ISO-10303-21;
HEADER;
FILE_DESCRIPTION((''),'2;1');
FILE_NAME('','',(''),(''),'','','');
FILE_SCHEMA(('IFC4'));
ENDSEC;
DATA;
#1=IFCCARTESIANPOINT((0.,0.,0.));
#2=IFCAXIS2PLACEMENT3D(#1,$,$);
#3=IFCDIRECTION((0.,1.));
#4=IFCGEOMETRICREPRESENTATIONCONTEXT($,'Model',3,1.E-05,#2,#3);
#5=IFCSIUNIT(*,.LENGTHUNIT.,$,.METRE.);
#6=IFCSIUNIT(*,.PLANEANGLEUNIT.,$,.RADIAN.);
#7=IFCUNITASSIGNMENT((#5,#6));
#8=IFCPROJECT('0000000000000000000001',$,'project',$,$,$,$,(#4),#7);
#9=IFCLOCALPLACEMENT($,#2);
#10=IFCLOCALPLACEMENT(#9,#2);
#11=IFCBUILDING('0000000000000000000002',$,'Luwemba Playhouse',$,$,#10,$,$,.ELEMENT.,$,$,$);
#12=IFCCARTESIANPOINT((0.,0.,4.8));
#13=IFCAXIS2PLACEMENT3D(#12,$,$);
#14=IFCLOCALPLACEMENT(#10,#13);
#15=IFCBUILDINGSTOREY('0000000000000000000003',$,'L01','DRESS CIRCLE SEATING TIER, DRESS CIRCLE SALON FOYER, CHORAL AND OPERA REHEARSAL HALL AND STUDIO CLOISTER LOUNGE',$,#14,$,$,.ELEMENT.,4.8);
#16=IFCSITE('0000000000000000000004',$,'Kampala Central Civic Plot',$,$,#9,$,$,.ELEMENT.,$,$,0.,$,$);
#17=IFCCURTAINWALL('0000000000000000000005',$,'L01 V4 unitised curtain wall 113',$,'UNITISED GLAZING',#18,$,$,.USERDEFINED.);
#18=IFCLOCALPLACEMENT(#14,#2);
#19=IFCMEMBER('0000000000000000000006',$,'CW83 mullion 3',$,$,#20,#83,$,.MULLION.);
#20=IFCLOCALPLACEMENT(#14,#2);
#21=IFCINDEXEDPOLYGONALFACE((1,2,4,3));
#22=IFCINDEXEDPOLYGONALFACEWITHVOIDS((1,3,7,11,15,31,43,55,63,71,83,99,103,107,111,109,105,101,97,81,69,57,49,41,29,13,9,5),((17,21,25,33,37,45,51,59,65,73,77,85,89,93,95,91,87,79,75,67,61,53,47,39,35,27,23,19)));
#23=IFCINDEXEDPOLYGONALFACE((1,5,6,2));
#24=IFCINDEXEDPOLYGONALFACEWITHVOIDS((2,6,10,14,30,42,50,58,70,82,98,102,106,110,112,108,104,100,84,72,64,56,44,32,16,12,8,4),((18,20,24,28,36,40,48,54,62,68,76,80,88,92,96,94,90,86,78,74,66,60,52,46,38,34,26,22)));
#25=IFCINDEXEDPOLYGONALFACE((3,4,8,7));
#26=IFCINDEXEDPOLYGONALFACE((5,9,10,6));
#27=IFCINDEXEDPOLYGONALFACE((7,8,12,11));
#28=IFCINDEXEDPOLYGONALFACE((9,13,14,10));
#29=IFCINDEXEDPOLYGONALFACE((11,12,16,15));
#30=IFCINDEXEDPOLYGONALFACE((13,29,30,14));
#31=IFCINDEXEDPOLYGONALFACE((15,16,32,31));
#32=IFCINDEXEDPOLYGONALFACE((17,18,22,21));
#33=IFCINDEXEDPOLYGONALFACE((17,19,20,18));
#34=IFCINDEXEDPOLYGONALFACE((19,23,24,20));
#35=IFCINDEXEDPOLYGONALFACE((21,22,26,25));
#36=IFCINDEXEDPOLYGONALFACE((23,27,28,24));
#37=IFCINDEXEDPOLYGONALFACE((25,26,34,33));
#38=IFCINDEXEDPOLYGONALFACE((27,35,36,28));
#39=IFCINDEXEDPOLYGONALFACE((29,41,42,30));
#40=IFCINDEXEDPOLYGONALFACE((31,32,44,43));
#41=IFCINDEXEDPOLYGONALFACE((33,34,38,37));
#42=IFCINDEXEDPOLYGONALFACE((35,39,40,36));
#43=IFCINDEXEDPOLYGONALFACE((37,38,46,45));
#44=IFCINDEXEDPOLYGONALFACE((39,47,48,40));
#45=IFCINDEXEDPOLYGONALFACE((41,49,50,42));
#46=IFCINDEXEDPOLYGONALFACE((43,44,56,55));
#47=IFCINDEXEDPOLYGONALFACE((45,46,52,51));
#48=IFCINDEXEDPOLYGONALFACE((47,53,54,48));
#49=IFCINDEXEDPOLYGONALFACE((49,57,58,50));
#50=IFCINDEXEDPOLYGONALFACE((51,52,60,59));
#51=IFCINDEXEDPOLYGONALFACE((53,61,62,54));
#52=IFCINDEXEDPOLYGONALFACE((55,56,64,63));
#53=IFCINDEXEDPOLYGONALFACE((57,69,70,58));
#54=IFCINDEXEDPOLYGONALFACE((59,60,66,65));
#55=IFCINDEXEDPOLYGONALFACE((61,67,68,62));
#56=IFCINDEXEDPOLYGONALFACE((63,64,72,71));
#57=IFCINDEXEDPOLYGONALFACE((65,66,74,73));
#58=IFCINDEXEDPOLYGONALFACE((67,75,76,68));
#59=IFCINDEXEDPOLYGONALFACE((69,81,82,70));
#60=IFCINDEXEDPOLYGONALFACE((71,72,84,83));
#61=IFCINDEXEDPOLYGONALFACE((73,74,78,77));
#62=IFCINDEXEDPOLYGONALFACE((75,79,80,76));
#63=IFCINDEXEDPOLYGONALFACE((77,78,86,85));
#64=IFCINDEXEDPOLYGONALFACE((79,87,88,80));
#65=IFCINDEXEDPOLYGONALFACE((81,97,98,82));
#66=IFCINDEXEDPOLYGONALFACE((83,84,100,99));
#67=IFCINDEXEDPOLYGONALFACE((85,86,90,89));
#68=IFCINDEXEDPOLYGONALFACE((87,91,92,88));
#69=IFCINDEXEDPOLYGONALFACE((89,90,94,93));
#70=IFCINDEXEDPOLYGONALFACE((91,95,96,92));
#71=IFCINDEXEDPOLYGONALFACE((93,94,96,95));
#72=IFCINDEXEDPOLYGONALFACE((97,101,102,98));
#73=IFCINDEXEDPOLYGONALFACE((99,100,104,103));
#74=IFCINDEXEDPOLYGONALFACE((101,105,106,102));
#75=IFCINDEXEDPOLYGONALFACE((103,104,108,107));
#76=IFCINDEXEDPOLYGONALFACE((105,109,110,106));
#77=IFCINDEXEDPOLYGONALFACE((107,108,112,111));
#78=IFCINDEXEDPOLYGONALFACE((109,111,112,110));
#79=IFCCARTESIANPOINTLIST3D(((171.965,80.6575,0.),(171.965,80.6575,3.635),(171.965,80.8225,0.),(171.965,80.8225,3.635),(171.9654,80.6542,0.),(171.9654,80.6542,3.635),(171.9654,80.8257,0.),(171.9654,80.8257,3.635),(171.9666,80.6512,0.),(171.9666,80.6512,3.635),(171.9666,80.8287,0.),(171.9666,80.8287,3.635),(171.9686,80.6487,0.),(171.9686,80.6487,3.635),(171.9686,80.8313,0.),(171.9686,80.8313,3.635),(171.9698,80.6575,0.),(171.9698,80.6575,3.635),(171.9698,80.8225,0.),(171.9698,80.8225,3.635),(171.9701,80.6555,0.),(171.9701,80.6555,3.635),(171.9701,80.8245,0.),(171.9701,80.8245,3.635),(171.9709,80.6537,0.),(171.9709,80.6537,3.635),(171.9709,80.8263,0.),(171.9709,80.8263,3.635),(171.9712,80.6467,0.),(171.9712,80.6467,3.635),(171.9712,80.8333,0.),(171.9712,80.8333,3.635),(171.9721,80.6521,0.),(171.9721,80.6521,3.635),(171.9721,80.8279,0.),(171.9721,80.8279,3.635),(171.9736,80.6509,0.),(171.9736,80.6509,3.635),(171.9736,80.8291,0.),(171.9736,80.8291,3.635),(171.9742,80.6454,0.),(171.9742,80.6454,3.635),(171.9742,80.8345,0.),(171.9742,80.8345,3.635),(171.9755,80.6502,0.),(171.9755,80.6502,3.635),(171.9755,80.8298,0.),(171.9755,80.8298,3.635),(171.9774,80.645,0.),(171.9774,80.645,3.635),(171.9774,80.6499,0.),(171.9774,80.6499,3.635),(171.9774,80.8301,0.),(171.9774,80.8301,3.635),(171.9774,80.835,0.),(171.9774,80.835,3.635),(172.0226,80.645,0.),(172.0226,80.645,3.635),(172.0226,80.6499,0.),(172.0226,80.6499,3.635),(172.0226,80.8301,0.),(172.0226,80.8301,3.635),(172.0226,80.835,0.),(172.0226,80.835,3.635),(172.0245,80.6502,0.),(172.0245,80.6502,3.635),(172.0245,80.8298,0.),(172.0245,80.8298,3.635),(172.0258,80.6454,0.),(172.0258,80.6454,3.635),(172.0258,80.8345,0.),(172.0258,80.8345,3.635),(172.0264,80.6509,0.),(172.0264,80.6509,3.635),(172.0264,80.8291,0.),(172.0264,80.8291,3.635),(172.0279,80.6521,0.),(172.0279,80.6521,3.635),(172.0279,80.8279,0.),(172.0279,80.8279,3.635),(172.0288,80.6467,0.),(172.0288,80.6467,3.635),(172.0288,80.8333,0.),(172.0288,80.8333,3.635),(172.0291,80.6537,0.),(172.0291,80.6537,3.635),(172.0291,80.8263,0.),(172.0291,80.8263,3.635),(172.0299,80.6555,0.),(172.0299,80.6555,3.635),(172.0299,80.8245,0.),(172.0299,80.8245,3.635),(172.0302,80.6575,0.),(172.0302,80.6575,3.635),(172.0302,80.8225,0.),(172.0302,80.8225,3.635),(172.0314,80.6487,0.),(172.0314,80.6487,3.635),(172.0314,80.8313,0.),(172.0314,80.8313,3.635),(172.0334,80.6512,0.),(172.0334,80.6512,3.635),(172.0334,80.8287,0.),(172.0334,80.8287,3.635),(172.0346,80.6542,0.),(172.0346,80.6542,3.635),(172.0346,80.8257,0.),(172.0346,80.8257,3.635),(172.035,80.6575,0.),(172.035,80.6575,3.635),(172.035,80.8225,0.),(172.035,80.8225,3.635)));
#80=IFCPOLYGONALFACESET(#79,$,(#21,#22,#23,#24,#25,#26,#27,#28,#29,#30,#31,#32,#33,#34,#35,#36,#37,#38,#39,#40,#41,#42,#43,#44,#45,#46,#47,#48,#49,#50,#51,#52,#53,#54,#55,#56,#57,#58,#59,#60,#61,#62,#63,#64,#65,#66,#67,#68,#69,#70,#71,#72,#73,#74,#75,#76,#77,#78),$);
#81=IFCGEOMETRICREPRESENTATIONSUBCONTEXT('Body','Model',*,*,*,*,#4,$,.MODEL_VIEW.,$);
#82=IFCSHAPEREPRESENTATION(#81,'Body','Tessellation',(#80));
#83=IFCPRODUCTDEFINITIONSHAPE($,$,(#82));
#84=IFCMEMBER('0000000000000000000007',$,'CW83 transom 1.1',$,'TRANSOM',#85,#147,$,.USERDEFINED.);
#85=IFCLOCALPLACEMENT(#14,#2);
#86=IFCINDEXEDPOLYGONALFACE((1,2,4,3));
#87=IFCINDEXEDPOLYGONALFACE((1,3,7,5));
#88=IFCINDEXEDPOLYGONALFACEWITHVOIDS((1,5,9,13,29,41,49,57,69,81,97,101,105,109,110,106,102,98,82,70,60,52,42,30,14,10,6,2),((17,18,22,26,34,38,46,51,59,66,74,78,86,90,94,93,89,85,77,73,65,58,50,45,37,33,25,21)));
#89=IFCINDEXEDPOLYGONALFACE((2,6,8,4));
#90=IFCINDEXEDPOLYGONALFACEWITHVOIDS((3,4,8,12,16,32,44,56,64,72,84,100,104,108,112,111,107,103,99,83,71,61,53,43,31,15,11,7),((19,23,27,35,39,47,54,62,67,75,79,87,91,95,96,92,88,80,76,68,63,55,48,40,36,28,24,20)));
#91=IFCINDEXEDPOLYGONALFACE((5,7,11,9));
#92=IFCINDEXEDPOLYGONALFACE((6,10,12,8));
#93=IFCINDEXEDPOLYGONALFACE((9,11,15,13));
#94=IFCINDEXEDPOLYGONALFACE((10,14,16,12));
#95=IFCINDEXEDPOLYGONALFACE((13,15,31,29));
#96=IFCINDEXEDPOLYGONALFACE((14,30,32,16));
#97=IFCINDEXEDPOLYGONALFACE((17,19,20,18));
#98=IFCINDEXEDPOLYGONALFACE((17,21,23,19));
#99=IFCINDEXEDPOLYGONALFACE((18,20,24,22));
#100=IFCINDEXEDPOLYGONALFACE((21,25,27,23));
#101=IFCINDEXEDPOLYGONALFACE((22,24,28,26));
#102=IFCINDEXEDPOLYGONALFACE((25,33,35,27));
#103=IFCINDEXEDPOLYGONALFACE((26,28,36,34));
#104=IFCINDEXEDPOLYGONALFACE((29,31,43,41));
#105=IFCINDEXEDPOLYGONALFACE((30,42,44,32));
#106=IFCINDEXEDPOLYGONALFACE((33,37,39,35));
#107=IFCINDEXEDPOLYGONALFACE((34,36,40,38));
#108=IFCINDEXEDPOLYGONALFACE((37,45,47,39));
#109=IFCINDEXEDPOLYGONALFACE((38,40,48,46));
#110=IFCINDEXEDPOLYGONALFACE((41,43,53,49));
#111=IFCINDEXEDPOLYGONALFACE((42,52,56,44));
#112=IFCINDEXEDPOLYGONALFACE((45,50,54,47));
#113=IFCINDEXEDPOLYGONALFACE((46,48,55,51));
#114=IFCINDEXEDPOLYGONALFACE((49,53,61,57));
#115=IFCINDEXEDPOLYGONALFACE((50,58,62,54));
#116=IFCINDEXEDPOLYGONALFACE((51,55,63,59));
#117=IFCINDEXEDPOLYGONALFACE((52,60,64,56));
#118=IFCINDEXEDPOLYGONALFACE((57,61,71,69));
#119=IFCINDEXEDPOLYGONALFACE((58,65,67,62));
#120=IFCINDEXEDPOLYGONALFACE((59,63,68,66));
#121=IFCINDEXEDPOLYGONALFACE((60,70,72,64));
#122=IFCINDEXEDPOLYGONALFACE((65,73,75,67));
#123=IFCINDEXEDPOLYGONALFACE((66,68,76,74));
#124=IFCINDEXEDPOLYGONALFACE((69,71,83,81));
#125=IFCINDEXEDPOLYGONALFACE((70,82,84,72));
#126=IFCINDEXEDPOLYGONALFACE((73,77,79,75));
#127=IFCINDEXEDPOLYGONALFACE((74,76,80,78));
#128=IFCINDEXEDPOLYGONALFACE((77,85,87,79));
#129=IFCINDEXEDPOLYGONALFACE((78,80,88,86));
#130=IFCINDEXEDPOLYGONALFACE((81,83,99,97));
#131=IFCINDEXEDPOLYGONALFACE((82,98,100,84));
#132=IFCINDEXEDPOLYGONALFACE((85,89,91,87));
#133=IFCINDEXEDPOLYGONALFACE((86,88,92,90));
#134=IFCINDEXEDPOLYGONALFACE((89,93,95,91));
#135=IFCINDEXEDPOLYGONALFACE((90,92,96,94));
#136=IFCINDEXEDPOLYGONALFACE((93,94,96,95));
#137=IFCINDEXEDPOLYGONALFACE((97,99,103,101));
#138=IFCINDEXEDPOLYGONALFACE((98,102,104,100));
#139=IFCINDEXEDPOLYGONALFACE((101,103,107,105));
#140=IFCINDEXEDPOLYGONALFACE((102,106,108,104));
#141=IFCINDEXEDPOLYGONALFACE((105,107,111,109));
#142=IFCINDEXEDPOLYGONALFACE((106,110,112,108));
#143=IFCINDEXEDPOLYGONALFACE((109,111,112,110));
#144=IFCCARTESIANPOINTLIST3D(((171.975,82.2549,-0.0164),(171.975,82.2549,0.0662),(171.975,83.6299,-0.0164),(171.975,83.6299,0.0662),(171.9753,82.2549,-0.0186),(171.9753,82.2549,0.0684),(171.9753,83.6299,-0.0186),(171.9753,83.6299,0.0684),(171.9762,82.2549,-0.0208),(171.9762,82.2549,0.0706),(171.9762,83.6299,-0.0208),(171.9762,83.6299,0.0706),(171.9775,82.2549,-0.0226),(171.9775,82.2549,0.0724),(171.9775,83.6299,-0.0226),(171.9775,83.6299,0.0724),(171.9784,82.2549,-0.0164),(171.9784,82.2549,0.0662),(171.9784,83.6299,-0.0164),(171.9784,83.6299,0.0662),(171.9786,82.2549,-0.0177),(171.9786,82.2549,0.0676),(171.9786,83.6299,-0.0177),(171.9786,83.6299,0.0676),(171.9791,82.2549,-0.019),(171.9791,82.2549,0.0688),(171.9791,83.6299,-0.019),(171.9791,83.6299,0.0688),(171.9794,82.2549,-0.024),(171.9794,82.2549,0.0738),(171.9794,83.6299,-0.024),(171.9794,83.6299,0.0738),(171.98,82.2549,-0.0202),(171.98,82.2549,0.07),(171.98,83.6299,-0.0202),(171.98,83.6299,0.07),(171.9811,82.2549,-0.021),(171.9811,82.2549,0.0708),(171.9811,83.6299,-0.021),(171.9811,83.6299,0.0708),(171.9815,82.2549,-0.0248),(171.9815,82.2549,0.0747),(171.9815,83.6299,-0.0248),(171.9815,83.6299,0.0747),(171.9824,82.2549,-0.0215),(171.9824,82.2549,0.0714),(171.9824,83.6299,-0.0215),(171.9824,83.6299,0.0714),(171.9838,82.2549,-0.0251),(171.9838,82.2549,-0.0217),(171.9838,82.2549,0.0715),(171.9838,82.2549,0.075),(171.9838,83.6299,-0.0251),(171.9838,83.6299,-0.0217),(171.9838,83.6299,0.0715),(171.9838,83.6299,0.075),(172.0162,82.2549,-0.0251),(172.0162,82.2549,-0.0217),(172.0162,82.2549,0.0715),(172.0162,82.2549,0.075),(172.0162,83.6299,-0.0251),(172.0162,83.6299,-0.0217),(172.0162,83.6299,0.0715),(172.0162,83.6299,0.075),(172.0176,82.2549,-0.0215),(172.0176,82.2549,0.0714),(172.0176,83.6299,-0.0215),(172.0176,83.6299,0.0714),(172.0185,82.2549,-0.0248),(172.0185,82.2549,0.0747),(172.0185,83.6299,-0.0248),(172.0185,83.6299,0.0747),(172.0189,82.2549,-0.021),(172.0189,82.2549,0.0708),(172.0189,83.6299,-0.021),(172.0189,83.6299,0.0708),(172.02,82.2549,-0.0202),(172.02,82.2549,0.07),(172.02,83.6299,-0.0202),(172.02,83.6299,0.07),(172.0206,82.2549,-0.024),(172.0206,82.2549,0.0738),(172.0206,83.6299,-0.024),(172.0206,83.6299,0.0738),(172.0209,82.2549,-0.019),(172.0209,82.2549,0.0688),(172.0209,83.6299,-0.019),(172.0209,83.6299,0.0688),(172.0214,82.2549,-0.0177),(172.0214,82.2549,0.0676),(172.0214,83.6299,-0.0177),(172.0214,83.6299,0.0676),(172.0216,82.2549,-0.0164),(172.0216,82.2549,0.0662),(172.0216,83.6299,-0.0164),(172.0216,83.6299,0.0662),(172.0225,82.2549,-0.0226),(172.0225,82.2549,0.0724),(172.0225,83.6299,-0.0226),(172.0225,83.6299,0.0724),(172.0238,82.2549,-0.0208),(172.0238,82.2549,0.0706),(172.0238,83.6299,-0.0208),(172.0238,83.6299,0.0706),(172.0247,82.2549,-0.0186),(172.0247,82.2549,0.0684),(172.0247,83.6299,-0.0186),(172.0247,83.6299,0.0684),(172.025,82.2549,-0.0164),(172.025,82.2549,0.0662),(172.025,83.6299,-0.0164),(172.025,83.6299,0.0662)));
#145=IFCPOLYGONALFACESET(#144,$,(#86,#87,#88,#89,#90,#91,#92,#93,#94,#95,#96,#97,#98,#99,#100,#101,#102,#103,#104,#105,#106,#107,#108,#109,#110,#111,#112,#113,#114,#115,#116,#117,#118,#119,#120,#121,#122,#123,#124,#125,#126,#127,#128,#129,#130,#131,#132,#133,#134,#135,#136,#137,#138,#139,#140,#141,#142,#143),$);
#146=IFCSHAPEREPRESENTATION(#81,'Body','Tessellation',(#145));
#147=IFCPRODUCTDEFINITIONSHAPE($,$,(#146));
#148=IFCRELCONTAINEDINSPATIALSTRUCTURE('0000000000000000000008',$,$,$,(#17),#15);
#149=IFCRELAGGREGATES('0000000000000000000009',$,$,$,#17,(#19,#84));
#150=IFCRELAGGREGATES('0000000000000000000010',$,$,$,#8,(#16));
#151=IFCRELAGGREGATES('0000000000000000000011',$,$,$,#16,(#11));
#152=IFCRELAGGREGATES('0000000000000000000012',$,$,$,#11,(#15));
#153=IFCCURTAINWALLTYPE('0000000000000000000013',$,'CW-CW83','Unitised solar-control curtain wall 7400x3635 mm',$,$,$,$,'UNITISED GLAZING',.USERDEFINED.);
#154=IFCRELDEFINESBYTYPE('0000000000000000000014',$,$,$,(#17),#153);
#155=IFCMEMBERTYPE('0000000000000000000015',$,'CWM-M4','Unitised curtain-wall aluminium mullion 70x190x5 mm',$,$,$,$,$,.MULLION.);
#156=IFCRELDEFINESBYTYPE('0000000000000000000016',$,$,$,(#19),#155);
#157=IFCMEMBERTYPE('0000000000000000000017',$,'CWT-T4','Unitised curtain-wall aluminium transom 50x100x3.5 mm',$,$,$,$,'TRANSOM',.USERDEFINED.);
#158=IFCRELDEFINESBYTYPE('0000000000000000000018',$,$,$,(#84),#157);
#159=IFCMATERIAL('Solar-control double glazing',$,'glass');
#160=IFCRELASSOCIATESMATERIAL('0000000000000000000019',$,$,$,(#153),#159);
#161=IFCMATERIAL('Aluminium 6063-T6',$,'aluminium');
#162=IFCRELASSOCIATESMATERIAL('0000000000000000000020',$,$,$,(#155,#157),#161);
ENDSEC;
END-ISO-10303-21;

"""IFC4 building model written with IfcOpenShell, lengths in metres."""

from ifc_helpers import new_model, si_unit, direction, frame, origin, origin_2d, place, context, subcontext, project, spatial, hollow_rectangle, extrude, material, material_profile, profile_set, type_object, element, aggregate, save


model = new_model("IFC4")

# Units and contexts
model_context = context("Model", 3, precision=1e-05, world=origin(), true_north=direction((0.0, 1.0)))
body_context = subcontext(model_context, "Body", "Model", "MODEL_VIEW")
ifc_project = project(units=[si_unit("LENGTHUNIT", "METRE"), si_unit("PLANEANGLEUNIT", "RADIAN")], contexts=[model_context])

# Site, building, storey
site_placement = place(None, origin())
site = spatial("IfcSite", under=ifc_project, at=site_placement, Name="Kampala Central Civic Plot", CompositionType="ELEMENT", RefElevation=0.0)
building_placement = place(site_placement, origin())
building = spatial("IfcBuilding", under=site, at=building_placement, Name="Luwemba Playhouse", CompositionType="ELEMENT")
storey_placement = place(building_placement, frame((0.0, 0.0, 4.8)))
storey = spatial("IfcBuildingStorey", under=building, at=storey_placement, Name="L01", Description="DRESS CIRCLE SEATING TIER, DRESS CIRCLE SALON FOYER, CHORAL AND OPERA REHEARSAL HALL AND STUDIO CLOISTER LOUNGE", CompositionType="ELEMENT", Elevation=4.8)

# Curtain wall, members
ifc_material_1 = material(Name="Solar-control double glazing", Category="glass")
curtain_wall_type = type_object("IfcCurtainWallType", Name="CW-CW83", Description="Unitised solar-control curtain wall 7400x3635 mm", ElementType="UNITISED GLAZING", PredefinedType="USERDEFINED", material=ifc_material_1)
curtain_wall_placement = place(storey_placement, origin())
curtain_wall = element("IfcCurtainWall", 1, at=curtain_wall_placement, inside=storey, type_object=curtain_wall_type, Name="L01 V4 unitised curtain wall 113", ObjectType="UNITISED GLAZING", PredefinedType="USERDEFINED")
ifc_material_2 = material(Name="Aluminium 6063-T6", Category="aluminium")
ifc_material_profile_1 = material_profile(ifc_material_2, hollow_rectangle(XDim=0.0701, YDim=0.1899, WallThickness=0.0049, InnerFilletRadius=0.0076, OuterFilletRadius=0.0125, at=origin_2d()))
ifc_profile_set_1 = profile_set([ifc_material_profile_1], Name="Aluminium 6063-T6")
member_type_1 = type_object("IfcMemberType", Name="CWM-M4", Description="Unitised curtain-wall aluminium mullion 70x190x5 mm", PredefinedType="MULLION", material=ifc_profile_set_1)
member_1_placement = place(storey_placement, frame((172.0, 80.74, 0.0), z_axis=(0.0, 0.0, 1.0), x_axis=(1.0, 0.0, 0.0)))
member_1 = element("IfcMember", 2, at=member_1_placement, type_object=member_type_1, Name="CW83 mullion 3", PredefinedType="MULLION", context=body_context, shape_type="SweptSolid", body=[
    extrude(hollow_rectangle(XDim=0.0701, YDim=0.1899, WallThickness=0.0049, InnerFilletRadius=0.0076, OuterFilletRadius=0.0125, at=origin_2d()), origin(), (0.0, 0.0, 1.0), 3.635),
])
ifc_material_profile_2 = material_profile(ifc_material_2, hollow_rectangle(XDim=0.05, YDim=0.1001, WallThickness=0.0034, InnerFilletRadius=0.0054, OuterFilletRadius=0.0088, at=origin_2d()))
ifc_profile_set_2 = profile_set([ifc_material_profile_2], Name="Aluminium 6063-T6")
member_type_2 = type_object("IfcMemberType", Name="CWT-T4", Description="Unitised curtain-wall aluminium transom 50x100x3.5 mm", ElementType="TRANSOM", PredefinedType="USERDEFINED", material=ifc_profile_set_2)
member_2_placement = place(storey_placement, frame((172.0, 83.6299, 0.0249), z_axis=(0.0, -1.0, 0.0), x_axis=(1.0, 0.0, 0.0)))
member_2 = element("IfcMember", 3, at=member_2_placement, type_object=member_type_2, Name="CW83 transom 1.1", ObjectType="TRANSOM", PredefinedType="USERDEFINED", context=body_context, shape_type="SweptSolid", body=[
    extrude(hollow_rectangle(XDim=0.05, YDim=0.1001, WallThickness=0.0034, InnerFilletRadius=0.0054, OuterFilletRadius=0.0088, at=origin_2d()), origin(), (0.0, 0.0, 1.0), 1.375),
])
aggregate(curtain_wall, [member_1, member_2])

save(model, "model.ifc")
